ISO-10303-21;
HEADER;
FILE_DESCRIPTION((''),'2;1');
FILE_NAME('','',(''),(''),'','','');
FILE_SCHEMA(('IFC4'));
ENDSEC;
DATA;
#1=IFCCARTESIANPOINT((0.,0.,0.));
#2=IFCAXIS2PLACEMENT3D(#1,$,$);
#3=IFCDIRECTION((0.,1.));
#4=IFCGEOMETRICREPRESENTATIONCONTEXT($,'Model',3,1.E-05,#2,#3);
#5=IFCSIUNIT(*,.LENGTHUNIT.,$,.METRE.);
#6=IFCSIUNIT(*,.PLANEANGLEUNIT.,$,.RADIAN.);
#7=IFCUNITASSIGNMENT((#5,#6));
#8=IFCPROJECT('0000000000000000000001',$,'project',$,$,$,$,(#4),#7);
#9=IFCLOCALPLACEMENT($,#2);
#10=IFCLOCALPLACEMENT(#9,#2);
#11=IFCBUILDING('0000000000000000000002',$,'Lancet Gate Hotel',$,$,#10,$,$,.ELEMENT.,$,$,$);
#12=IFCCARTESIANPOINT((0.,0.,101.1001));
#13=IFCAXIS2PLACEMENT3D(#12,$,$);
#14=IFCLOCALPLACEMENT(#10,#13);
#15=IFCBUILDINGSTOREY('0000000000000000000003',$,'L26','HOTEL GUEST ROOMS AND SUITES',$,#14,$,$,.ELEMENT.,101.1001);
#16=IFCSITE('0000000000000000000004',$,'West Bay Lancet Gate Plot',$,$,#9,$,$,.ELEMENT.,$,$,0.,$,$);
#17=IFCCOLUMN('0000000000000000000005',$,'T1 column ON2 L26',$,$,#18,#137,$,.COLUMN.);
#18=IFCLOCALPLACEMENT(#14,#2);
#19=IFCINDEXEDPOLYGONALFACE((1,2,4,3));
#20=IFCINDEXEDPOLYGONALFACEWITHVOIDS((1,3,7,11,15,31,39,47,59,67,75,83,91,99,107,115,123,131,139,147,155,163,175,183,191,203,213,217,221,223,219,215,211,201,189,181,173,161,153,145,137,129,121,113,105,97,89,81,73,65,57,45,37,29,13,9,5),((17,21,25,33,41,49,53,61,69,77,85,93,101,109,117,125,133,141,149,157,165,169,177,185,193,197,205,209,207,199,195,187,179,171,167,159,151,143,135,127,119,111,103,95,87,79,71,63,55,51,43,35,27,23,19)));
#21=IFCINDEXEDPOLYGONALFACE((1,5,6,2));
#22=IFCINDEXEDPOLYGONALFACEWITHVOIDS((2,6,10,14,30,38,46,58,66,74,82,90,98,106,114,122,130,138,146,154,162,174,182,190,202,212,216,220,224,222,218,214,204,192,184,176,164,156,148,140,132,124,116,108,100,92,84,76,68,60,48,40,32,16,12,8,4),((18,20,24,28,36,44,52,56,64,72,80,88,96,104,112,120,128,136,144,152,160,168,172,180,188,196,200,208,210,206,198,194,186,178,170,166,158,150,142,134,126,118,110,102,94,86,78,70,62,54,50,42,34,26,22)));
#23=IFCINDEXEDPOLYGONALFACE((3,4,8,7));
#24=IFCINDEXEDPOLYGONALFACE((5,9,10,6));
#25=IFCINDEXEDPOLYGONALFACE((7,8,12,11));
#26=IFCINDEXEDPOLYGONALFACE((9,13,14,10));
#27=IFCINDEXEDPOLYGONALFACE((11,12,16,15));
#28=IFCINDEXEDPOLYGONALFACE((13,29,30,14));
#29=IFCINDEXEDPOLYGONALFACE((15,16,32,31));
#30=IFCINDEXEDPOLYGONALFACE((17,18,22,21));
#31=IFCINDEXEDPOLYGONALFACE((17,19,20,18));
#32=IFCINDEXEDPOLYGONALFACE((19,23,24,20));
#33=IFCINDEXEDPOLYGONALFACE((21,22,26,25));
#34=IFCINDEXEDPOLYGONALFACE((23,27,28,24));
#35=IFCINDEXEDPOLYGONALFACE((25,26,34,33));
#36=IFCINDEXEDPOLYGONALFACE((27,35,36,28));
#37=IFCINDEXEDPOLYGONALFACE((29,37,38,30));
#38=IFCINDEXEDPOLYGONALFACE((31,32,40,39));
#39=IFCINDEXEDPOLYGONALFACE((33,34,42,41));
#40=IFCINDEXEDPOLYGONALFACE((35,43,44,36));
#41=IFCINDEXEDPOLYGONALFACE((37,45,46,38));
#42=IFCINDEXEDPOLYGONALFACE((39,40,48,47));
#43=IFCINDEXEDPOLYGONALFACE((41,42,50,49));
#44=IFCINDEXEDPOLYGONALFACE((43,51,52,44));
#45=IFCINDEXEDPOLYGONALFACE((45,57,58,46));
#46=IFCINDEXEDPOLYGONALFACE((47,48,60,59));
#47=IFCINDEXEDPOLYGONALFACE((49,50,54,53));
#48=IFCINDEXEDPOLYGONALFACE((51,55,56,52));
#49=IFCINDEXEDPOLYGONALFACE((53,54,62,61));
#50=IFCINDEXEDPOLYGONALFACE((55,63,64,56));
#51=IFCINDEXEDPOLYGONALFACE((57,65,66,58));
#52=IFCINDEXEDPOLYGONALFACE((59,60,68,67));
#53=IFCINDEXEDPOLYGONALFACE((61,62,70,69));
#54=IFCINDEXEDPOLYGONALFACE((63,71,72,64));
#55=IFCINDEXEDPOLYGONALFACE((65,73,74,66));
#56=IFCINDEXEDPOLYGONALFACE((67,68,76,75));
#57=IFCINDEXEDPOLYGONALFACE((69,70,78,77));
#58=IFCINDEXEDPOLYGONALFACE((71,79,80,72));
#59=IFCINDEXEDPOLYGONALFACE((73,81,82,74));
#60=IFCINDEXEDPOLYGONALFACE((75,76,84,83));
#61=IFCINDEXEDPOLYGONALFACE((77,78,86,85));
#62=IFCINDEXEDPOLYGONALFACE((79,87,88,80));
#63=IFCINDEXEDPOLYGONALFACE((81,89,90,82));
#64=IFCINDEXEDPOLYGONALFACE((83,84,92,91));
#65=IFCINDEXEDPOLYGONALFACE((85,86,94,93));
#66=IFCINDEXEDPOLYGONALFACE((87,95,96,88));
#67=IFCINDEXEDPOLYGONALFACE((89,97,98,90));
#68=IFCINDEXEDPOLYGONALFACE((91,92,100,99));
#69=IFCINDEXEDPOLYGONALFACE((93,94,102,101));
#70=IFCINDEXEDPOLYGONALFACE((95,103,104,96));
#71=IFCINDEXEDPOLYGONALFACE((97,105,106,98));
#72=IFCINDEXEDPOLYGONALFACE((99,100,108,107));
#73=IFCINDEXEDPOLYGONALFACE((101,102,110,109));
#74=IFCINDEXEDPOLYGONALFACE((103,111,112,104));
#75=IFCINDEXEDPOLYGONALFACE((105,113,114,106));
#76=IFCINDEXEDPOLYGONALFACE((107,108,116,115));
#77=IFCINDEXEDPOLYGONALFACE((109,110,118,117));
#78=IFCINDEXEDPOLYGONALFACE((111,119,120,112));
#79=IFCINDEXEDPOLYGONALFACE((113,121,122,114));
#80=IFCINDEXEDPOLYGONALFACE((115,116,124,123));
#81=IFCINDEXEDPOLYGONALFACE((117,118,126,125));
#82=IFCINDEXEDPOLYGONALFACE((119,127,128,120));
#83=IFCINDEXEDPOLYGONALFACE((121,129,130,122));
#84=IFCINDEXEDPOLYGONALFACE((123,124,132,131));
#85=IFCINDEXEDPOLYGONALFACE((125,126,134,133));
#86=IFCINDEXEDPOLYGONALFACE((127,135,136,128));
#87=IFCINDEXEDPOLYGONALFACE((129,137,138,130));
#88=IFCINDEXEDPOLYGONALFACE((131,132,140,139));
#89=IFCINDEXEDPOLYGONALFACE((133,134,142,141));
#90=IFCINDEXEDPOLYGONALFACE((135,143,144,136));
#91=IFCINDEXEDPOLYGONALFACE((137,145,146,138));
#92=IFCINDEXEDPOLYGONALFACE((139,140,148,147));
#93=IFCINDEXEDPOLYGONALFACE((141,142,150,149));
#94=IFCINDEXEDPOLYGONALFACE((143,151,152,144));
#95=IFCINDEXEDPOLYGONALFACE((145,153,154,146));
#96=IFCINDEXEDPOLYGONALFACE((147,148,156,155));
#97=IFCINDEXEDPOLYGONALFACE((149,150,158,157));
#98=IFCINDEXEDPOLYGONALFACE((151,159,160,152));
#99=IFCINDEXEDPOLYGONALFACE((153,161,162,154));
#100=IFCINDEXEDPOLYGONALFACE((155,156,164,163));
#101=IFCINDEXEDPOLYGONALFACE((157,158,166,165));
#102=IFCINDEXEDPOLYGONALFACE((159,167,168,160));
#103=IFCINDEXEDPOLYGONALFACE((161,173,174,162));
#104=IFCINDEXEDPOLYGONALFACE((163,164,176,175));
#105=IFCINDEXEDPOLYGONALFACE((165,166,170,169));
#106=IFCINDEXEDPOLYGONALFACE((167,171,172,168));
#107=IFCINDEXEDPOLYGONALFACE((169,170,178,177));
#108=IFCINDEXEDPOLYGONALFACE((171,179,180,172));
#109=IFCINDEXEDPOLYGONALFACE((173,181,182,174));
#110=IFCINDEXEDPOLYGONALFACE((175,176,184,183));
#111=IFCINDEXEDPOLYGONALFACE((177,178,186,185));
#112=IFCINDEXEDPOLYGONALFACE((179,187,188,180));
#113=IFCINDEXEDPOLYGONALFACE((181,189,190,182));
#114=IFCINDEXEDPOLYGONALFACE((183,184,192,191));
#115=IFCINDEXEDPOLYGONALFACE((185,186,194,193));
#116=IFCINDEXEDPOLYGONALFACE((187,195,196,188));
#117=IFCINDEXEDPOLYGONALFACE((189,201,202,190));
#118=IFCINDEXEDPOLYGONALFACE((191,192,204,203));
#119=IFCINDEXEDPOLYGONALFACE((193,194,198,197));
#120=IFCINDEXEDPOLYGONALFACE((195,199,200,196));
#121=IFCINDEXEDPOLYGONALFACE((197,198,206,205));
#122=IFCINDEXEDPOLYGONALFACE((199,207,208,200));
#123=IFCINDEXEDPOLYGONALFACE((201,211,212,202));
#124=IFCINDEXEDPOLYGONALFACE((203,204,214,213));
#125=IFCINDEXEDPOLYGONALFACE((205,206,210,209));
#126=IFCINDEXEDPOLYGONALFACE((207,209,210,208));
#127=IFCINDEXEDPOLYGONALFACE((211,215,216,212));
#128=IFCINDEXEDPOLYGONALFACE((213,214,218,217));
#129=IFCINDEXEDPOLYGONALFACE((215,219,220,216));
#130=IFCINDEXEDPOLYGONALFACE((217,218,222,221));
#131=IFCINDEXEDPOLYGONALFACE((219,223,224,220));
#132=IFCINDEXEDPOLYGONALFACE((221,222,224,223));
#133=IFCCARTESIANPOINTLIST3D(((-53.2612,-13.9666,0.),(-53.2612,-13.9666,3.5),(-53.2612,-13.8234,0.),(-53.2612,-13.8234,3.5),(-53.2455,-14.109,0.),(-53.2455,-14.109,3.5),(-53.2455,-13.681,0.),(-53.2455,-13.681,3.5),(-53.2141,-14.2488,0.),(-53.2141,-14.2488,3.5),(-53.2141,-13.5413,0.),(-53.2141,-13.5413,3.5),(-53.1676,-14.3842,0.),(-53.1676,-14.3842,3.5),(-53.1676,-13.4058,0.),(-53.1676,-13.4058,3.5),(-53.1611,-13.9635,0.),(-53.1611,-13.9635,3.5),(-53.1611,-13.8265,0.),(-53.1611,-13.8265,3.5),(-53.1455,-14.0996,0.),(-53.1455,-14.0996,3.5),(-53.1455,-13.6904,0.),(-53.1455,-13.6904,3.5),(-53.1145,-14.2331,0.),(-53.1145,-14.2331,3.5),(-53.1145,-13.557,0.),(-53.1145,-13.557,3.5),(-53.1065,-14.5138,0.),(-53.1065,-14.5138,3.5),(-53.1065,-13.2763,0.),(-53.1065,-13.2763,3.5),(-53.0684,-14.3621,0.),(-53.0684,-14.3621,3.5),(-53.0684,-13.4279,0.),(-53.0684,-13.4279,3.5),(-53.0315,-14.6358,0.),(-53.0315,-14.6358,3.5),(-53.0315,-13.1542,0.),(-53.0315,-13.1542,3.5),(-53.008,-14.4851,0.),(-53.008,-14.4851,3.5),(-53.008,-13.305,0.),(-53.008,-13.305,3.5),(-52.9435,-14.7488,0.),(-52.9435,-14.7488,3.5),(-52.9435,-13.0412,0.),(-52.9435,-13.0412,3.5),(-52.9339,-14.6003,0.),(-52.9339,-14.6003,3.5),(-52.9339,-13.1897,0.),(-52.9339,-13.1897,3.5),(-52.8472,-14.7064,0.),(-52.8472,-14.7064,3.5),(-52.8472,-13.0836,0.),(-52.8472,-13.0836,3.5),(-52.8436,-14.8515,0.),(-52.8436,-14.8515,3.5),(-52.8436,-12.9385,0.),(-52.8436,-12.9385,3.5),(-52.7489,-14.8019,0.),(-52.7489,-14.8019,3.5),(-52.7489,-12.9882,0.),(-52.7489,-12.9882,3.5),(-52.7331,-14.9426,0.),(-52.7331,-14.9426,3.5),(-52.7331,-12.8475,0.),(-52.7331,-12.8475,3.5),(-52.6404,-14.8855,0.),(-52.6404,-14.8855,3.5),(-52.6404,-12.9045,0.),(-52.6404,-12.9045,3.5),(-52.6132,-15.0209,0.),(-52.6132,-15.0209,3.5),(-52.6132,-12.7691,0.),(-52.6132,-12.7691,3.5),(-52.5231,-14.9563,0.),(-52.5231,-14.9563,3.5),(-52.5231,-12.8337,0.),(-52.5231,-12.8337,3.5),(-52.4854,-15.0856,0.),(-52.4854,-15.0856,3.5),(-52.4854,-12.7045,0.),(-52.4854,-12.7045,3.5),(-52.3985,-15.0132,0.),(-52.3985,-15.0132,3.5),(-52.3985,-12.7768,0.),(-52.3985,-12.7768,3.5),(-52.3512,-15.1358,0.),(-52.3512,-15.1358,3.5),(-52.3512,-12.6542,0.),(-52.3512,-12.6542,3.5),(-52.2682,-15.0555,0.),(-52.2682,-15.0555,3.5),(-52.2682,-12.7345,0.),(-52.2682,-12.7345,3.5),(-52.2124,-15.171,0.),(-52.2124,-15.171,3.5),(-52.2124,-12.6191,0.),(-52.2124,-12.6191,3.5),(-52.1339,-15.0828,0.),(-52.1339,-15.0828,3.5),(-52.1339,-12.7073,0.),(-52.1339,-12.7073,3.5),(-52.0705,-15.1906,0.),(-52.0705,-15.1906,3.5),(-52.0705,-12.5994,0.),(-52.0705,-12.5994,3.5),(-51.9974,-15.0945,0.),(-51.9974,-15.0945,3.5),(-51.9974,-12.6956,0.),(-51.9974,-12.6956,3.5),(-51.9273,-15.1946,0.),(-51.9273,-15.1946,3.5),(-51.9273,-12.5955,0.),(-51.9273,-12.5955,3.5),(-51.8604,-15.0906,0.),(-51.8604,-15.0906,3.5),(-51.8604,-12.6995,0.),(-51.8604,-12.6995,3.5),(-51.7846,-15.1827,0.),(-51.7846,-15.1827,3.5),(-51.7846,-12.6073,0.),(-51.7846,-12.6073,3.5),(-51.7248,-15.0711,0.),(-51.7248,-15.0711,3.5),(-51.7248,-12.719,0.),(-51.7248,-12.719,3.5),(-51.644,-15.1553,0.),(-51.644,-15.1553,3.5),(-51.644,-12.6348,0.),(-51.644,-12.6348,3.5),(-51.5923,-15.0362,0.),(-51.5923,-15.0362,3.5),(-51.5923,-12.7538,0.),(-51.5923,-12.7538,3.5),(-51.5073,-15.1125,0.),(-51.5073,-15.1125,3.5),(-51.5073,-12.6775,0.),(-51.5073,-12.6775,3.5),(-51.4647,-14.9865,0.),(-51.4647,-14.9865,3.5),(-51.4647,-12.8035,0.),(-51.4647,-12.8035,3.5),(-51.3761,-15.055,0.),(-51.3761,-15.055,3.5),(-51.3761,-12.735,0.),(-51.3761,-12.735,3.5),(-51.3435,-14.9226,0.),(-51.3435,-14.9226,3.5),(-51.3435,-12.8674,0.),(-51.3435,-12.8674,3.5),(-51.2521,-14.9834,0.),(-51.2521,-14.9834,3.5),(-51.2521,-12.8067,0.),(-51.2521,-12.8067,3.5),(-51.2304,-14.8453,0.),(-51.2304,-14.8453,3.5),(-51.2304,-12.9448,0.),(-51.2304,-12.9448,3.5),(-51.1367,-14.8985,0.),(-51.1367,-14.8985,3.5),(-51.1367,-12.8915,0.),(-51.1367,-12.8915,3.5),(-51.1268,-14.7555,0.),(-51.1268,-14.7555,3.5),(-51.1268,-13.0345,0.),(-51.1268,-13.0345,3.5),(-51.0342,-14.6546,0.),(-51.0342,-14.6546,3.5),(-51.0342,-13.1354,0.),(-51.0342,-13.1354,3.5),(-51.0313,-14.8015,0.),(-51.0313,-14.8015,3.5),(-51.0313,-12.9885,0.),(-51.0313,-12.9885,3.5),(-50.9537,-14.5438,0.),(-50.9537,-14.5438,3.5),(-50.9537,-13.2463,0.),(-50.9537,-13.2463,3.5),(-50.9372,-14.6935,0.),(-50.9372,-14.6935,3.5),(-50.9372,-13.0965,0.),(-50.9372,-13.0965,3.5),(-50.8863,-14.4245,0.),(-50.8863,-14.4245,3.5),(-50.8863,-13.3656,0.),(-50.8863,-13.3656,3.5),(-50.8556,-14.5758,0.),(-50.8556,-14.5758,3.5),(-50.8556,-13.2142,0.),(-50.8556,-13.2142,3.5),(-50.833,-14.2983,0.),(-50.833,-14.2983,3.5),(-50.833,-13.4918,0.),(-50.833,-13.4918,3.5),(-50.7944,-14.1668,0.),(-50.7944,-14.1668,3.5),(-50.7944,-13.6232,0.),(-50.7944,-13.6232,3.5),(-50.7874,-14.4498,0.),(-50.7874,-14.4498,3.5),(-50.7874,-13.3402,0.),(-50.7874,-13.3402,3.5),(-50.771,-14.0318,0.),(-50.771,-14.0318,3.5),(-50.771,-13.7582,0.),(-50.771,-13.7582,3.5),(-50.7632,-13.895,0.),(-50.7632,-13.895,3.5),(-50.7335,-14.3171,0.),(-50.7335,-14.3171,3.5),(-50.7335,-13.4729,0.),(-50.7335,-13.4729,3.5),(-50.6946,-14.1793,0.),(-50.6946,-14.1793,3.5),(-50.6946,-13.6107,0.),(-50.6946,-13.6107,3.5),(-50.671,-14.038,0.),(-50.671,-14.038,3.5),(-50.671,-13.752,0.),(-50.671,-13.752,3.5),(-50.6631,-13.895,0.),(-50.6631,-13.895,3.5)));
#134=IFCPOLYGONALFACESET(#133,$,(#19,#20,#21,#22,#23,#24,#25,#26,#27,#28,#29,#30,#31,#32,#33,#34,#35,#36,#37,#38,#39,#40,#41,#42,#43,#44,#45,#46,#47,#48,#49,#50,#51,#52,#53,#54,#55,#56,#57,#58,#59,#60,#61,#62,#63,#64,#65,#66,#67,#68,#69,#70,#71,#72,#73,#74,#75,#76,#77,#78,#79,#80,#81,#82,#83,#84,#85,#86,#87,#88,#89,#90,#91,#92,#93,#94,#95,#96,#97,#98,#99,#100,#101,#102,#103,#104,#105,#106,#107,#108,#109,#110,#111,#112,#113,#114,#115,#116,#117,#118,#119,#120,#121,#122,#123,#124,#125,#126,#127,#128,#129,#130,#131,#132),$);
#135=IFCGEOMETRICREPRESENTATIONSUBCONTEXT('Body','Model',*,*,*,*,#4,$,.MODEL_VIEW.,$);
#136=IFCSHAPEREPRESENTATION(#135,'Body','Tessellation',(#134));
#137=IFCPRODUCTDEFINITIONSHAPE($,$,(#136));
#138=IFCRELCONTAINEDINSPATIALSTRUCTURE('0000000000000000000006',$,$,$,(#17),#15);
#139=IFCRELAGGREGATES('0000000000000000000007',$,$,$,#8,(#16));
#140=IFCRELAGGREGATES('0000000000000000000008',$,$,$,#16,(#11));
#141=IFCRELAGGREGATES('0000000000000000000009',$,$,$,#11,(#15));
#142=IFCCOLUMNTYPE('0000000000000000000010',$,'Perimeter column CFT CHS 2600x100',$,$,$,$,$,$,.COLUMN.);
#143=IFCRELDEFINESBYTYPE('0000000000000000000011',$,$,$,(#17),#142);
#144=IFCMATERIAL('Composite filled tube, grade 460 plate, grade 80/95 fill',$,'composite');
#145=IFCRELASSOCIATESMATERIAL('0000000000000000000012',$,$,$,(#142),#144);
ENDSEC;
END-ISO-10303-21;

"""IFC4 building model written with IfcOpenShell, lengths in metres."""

from ifc_helpers import new_model, si_unit, direction, frame, origin, origin_2d, place, context, subcontext, project, spatial, hollow_circle, extrude, material, material_profile, profile_set, type_object, element, save


model = new_model("IFC4")

# Units and contexts
model_context = context("Model", 3, precision=1e-05, world=origin(), true_north=direction((0.0, 1.0)))
body_context = subcontext(model_context, "Body", "Model", "MODEL_VIEW")
ifc_project = project(units=[si_unit("LENGTHUNIT", "METRE"), si_unit("PLANEANGLEUNIT", "RADIAN")], contexts=[model_context])

# Site, building, storey
site_placement = place(None, origin())
site = spatial("IfcSite", under=ifc_project, at=site_placement, Name="West Bay Lancet Gate Plot", CompositionType="ELEMENT", RefElevation=0.0)
building_placement = place(site_placement, origin())
building = spatial("IfcBuilding", under=site, at=building_placement, Name="Lancet Gate Hotel", CompositionType="ELEMENT")
storey_placement = place(building_placement, frame((0.0, 0.0, 101.1001)))
storey = spatial("IfcBuildingStorey", under=building, at=storey_placement, Name="L26", Description="HOTEL GUEST ROOMS AND SUITES", CompositionType="ELEMENT", Elevation=101.1001)

# Column
ifc_material_1 = material(Name="Composite filled tube, grade 460 plate, grade 80/95 fill", Category="composite")
ifc_material_profile_1 = material_profile(ifc_material_1, hollow_circle(Radius=1.3, WallThickness=0.1001, at=origin_2d()), Name="CHS 2600x100")
ifc_profile_set_1 = profile_set([ifc_material_profile_1], Name="Composite filled tube, grade 460 plate, grade 80/95 fill")
column_type = type_object("IfcColumnType", Name="Perimeter column CFT CHS 2600x100", PredefinedType="COLUMN", material=ifc_profile_set_1)
for number, where, z_axis, x_axis, name in (
    (1, (-51.9631, -13.895, 0.0), (0.0, 0.0, 1.0), (1.0, 0.0, 0.0), "T1 column ON2 L26"),
):
    element("IfcColumn", number, at=place(storey_placement, frame(where, z_axis=z_axis, x_axis=x_axis)), inside=storey, type_object=column_type, Name=name, PredefinedType="COLUMN", context=body_context, shape_type="SweptSolid", body=[
        extrude(hollow_circle(Radius=1.3, WallThickness=0.1001, at=origin_2d()), origin(), (0.0, 0.0, 1.0), 3.5),
    ])

save(model, "model.ifc")
